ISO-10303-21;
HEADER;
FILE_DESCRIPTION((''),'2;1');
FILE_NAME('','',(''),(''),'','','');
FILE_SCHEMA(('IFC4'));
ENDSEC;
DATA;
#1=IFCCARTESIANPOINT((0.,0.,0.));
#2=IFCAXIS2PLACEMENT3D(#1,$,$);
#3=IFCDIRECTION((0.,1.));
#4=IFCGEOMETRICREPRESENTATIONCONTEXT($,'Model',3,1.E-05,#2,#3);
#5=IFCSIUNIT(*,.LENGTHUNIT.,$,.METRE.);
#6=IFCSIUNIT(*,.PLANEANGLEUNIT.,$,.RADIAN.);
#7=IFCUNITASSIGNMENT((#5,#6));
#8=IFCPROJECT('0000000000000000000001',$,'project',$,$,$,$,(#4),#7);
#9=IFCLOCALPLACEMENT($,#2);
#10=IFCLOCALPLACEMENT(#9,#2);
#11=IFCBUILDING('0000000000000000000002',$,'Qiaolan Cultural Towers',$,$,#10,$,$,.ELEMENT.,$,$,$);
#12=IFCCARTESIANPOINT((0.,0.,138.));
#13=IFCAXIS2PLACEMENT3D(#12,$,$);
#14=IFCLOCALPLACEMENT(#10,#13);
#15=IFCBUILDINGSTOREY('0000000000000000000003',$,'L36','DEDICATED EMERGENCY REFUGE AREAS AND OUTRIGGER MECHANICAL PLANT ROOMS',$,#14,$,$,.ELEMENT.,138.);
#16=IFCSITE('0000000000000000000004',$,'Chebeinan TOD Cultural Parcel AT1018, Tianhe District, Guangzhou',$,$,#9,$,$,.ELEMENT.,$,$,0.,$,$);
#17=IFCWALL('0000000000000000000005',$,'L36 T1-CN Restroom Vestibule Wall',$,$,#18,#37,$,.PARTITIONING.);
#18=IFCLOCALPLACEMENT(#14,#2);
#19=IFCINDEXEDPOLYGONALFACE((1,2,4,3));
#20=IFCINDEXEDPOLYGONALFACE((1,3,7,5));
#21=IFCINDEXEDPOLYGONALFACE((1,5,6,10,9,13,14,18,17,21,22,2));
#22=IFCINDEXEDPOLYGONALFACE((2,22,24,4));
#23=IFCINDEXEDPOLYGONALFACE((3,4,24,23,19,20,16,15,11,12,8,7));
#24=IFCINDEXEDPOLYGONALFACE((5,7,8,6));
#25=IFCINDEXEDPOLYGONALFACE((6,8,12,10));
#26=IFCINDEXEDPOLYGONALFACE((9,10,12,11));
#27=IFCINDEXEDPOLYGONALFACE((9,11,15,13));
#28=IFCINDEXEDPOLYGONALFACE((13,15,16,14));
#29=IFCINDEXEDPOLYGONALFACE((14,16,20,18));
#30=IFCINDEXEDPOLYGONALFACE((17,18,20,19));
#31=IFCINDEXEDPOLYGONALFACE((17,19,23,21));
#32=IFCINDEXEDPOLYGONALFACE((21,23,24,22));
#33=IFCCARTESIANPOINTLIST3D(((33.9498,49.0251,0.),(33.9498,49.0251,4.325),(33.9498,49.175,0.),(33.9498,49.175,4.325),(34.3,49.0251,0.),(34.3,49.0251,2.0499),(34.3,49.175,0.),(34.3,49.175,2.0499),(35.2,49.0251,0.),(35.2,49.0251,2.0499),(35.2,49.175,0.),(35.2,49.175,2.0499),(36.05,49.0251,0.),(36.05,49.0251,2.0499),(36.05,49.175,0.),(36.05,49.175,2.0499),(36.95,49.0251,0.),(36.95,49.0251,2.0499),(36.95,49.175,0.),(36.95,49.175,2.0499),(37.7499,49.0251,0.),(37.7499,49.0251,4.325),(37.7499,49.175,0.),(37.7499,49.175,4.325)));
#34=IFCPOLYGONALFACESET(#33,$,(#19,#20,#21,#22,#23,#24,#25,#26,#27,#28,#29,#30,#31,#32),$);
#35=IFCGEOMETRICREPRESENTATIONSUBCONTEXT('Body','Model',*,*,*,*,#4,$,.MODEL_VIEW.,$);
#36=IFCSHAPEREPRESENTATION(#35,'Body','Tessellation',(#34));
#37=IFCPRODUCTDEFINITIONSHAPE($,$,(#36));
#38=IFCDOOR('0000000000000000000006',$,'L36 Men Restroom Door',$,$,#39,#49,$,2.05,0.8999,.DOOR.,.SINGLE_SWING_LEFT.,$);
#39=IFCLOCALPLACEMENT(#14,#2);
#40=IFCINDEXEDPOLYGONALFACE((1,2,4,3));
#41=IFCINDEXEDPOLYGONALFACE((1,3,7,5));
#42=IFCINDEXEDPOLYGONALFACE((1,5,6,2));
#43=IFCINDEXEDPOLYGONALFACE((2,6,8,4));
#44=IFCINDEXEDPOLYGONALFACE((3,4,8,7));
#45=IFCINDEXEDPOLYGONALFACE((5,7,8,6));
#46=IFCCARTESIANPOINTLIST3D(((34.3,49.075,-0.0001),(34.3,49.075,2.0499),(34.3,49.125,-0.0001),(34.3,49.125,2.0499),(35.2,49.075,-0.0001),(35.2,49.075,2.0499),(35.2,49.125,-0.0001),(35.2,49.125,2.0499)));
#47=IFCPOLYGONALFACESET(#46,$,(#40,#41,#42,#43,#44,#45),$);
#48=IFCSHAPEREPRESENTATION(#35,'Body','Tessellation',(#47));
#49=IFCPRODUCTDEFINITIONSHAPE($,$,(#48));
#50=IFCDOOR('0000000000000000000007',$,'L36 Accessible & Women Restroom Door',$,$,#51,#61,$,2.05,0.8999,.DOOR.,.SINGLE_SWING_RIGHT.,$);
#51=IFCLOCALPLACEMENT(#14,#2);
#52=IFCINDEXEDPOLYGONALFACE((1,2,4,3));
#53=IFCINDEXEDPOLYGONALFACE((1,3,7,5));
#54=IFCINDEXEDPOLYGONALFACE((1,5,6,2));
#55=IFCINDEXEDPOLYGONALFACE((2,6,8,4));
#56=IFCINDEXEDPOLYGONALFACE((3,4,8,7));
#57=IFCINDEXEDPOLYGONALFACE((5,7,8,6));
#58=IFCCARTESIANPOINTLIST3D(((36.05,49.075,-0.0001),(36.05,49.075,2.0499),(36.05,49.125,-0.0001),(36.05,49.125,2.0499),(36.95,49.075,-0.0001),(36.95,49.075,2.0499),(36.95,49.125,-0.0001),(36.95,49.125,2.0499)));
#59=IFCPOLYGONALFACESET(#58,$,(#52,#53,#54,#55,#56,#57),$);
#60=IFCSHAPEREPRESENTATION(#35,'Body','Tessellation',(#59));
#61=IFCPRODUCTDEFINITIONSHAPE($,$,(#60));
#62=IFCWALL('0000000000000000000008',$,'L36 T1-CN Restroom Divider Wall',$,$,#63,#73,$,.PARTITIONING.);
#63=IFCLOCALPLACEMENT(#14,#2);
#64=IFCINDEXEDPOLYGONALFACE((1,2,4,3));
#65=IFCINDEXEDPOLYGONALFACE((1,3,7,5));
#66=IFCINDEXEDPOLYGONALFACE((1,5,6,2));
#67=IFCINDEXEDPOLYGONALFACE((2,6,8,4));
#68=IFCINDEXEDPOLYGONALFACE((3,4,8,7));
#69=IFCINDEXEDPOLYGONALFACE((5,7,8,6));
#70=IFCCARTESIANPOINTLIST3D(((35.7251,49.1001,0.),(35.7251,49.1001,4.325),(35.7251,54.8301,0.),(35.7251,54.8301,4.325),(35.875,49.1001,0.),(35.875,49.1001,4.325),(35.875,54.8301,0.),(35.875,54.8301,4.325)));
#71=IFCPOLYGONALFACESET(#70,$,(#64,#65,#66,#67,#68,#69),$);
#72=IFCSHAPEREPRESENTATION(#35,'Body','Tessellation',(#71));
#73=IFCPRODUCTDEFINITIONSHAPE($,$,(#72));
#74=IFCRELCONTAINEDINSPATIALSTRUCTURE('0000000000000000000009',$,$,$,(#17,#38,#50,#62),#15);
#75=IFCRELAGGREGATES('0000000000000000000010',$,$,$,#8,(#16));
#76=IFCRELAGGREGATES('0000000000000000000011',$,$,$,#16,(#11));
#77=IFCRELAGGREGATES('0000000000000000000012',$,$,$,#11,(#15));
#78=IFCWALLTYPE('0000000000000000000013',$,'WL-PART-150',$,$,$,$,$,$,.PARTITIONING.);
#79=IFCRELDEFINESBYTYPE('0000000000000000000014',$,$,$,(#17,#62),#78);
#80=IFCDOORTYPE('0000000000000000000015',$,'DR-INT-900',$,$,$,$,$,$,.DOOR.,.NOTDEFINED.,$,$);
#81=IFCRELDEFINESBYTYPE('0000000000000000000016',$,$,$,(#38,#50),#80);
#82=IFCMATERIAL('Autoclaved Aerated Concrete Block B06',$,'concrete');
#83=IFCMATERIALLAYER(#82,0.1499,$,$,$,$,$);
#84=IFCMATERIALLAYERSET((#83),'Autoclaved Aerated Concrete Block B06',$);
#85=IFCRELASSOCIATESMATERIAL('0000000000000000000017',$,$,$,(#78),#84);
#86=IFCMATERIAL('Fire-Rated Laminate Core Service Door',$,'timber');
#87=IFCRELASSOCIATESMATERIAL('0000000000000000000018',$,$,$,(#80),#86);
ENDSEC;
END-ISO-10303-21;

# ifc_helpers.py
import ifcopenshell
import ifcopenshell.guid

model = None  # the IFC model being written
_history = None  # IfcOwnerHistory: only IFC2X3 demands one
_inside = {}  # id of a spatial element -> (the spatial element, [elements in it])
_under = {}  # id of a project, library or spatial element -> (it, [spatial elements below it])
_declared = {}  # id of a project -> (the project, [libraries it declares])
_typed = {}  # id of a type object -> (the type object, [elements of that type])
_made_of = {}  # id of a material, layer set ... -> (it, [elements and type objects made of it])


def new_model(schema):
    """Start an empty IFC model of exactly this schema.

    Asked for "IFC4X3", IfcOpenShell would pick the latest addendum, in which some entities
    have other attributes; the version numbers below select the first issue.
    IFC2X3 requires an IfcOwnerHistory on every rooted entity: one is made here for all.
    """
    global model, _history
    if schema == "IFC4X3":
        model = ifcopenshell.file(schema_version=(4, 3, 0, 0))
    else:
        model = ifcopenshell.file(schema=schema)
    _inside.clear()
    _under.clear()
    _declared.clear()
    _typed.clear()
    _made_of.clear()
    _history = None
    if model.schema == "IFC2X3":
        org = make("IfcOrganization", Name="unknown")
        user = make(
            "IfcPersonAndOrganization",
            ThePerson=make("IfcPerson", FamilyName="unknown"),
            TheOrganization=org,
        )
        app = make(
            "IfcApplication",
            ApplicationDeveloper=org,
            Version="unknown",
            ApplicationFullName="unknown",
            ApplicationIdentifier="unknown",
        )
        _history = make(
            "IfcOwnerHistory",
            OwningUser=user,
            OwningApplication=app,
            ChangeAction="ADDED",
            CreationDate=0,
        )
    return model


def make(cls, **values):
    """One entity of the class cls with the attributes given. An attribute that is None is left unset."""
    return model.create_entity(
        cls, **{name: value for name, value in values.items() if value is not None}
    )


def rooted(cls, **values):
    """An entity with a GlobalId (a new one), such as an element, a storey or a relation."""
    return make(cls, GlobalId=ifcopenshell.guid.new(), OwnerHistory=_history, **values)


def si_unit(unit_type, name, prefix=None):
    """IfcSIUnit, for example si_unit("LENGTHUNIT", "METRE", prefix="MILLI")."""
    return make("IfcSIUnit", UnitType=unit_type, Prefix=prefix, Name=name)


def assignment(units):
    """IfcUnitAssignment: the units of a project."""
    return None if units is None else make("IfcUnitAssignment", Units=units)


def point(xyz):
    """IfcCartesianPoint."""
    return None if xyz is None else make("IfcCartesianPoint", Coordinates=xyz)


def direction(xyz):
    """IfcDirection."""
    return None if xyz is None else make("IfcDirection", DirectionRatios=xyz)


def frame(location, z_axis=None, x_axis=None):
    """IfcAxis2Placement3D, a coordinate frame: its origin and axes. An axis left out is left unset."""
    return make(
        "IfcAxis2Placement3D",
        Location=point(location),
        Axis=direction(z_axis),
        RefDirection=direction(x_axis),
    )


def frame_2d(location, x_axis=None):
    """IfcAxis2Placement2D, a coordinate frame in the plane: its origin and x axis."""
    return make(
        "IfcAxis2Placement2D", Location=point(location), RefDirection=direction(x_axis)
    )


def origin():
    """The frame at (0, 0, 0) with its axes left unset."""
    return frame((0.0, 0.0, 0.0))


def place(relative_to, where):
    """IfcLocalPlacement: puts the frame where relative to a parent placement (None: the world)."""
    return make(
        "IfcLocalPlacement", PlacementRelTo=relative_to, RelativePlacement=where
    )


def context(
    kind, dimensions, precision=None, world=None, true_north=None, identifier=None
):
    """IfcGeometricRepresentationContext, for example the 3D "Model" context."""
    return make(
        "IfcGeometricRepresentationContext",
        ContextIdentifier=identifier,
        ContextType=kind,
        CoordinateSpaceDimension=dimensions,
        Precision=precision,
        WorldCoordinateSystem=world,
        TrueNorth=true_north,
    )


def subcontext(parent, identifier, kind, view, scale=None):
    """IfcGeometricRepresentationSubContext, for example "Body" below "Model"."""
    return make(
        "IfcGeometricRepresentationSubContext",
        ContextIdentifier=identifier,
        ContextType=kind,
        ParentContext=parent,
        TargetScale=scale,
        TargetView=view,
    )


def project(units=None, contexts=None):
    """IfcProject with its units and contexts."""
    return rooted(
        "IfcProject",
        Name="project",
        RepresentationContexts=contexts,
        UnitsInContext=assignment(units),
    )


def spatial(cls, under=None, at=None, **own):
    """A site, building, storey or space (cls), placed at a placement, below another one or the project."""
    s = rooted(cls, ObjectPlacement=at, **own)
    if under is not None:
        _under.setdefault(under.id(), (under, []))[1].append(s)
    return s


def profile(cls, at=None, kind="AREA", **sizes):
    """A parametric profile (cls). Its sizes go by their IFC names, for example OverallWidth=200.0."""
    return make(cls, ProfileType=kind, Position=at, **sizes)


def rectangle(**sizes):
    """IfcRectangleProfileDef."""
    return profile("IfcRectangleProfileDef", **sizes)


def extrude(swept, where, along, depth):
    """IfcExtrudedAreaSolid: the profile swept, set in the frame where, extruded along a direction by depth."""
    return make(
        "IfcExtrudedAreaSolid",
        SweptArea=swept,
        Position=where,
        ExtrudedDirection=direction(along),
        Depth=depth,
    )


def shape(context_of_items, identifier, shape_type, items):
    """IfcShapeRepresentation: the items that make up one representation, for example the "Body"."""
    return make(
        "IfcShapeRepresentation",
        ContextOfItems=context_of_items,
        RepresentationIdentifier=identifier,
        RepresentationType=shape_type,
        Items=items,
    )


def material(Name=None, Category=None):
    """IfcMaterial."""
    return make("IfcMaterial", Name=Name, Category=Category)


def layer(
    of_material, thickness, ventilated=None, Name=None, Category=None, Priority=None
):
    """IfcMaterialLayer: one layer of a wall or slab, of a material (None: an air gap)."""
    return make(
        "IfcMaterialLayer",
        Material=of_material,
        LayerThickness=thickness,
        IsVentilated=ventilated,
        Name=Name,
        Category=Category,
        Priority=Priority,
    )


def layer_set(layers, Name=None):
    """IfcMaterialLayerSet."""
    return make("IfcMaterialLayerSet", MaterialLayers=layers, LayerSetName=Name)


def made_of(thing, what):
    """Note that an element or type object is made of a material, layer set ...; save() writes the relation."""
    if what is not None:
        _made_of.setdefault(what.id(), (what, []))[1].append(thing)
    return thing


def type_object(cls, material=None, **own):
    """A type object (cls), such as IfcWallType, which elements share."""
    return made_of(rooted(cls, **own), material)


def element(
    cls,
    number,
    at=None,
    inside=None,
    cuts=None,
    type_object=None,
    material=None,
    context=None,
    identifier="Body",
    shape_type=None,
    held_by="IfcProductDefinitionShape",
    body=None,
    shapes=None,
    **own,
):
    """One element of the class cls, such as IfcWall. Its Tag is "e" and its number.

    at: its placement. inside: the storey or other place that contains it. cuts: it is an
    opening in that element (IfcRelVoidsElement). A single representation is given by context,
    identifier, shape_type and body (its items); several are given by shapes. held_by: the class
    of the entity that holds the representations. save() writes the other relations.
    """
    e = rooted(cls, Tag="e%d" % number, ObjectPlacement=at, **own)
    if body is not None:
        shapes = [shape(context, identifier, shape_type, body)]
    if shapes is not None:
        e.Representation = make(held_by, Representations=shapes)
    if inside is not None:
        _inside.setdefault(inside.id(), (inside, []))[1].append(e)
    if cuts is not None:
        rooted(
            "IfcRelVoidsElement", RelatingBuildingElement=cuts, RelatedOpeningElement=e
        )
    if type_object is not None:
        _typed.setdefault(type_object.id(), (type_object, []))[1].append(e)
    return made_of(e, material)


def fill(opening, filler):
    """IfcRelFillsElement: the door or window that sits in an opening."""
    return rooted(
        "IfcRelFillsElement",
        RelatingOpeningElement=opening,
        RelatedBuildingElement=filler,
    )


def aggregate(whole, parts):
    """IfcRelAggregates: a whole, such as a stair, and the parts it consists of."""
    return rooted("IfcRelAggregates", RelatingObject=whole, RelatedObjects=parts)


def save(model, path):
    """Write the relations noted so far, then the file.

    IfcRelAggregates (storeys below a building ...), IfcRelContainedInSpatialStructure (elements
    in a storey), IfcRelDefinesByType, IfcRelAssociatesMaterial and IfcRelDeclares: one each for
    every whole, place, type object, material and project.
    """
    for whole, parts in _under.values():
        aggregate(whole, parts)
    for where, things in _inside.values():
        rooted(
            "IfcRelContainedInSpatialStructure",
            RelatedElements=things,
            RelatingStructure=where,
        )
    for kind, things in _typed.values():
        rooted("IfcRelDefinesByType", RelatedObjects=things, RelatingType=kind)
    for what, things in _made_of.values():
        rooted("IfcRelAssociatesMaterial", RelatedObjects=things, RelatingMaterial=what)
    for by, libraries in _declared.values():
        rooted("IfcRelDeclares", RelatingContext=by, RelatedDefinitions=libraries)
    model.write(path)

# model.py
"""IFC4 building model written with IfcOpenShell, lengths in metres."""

from ifc_helpers import new_model, si_unit, direction, frame, frame_2d, origin, place, context, subcontext, project, spatial, rectangle, extrude, material, layer, layer_set, type_object, element, fill, save


model = new_model("IFC4")

# Units and contexts
model_context = context("Model", 3, precision=1e-05, world=origin(), true_north=direction((0.0, 1.0)))
body_context = subcontext(model_context, "Body", "Model", "MODEL_VIEW")
ifc_project = project(units=[si_unit("LENGTHUNIT", "METRE"), si_unit("PLANEANGLEUNIT", "RADIAN")], contexts=[model_context])

# Site, building, storey
site_placement = place(None, origin())
site = spatial("IfcSite", under=ifc_project, at=site_placement, Name="Chebeinan TOD Cultural Parcel AT1018, Tianhe District, Guangzhou", CompositionType="ELEMENT", RefElevation=0.0)
building_placement = place(site_placement, origin())
building = spatial("IfcBuilding", under=site, at=building_placement, Name="Qiaolan Cultural Towers", CompositionType="ELEMENT")
storey_placement = place(building_placement, frame((0.0, 0.0, 138.0)))
storey = spatial("IfcBuildingStorey", under=building, at=storey_placement, Name="L36", Description="DEDICATED EMERGENCY REFUGE AREAS AND OUTRIGGER MECHANICAL PLANT ROOMS", CompositionType="ELEMENT", Elevation=138.0)

# Shared definitions
ifc_material_1 = material(Name="Autoclaved Aerated Concrete Block B06", Category="concrete")
ifc_layer_1 = layer(ifc_material_1, 0.1499)
ifc_layer_set_1 = layer_set([ifc_layer_1], Name="Autoclaved Aerated Concrete Block B06")
wall_type_1 = type_object("IfcWallType", Name="WL-PART-150", PredefinedType="PARTITIONING", material=ifc_layer_set_1)

# Wall, openings, doors
wall_1_placement = place(storey_placement, frame((33.95, 49.1001, 0.0), z_axis=(0.0, 0.0, 1.0), x_axis=(1.0, 0.0, 0.0)))
wall_1 = element("IfcWall", 1, at=wall_1_placement, inside=storey, type_object=wall_type_1, Name="L36 T1-CN Restroom Vestibule Wall", PredefinedType="PARTITIONING", context=body_context, shape_type="SweptSolid", body=[
    extrude(rectangle(XDim=3.8, YDim=0.1499, at=frame_2d((1.8999, 0.0))), origin(), (0.0, 0.0, 1.0), 4.325),
])
opening_1_placement = place(wall_1_placement, frame((0.3501, 0.0, 0.0)))
opening_1 = element("IfcOpeningElement", 2, at=opening_1_placement, cuts=wall_1, PredefinedType="OPENING", context=body_context, shape_type="SweptSolid", body=[
    extrude(rectangle(XDim=0.8999, YDim=2.05, at=frame_2d((0.45, 1.0249))), frame((0.0, 0.085, 0.0), z_axis=(0.0, -1.0, 0.0), x_axis=(1.0, 0.0, 0.0)), (0.0, 0.0, 1.0), 0.1699),
])
opening_2_placement = place(wall_1_placement, frame((2.1001, 0.0, 0.0)))
opening_2 = element("IfcOpeningElement", 3, at=opening_2_placement, cuts=wall_1, PredefinedType="OPENING", context=body_context, shape_type="SweptSolid", body=[
    extrude(rectangle(XDim=0.8999, YDim=2.05, at=frame_2d((0.45, 1.0249))), frame((0.0, 0.085, 0.0), z_axis=(0.0, -1.0, 0.0), x_axis=(1.0, 0.0, 0.0)), (0.0, 0.0, 1.0), 0.1699),
])
ifc_material_2 = material(Name="Fire-Rated Laminate Core Service Door", Category="timber")
door_type_1 = type_object("IfcDoorType", Name="DR-INT-900", OperationType="NOTDEFINED", PredefinedType="DOOR", material=ifc_material_2)
door_1_placement = place(opening_1_placement, origin())
door_1 = element("IfcDoor", 4, at=door_1_placement, inside=storey, type_object=door_type_1, Name="L36 Men Restroom Door", OperationType="SINGLE_SWING_LEFT", OverallHeight=2.05, OverallWidth=0.8999, PredefinedType="DOOR", context=body_context, shape_type="SweptSolid", body=[
    extrude(rectangle(XDim=0.8999, YDim=2.05, at=frame_2d((0.45, 1.0249))), frame((0.0, 0.0249, 0.0), z_axis=(0.0, -1.0, 0.0), x_axis=(1.0, 0.0, 0.0)), (0.0, 0.0, 1.0), 0.05),
])
fill(opening_1, door_1)
door_2_placement = place(opening_2_placement, origin())
door_2 = element("IfcDoor", 5, at=door_2_placement, inside=storey, type_object=door_type_1, Name="L36 Accessible & Women Restroom Door", OperationType="SINGLE_SWING_RIGHT", OverallHeight=2.05, OverallWidth=0.8999, PredefinedType="DOOR", context=body_context, shape_type="SweptSolid", body=[
    extrude(rectangle(XDim=0.8999, YDim=2.05, at=frame_2d((0.45, 1.0249))), frame((0.0, 0.0249, 0.0), z_axis=(0.0, -1.0, 0.0), x_axis=(1.0, 0.0, 0.0)), (0.0, 0.0, 1.0), 0.05),
])
fill(opening_2, door_2)

# Wall
wall_2_placement = place(storey_placement, frame((35.8, 49.1001, 0.0), z_axis=(0.0, 0.0, 1.0), x_axis=(0.0, 1.0, 0.0)))
element("IfcWall", 6, at=wall_2_placement, inside=storey, type_object=wall_type_1, Name="L36 T1-CN Restroom Divider Wall", PredefinedType="PARTITIONING", context=body_context, shape_type="SweptSolid", body=[
    extrude(rectangle(XDim=5.73, YDim=0.1499, at=frame_2d((2.865, 0.0))), origin(), (0.0, 0.0, 1.0), 4.325),
])

save(model, "model.ifc")
